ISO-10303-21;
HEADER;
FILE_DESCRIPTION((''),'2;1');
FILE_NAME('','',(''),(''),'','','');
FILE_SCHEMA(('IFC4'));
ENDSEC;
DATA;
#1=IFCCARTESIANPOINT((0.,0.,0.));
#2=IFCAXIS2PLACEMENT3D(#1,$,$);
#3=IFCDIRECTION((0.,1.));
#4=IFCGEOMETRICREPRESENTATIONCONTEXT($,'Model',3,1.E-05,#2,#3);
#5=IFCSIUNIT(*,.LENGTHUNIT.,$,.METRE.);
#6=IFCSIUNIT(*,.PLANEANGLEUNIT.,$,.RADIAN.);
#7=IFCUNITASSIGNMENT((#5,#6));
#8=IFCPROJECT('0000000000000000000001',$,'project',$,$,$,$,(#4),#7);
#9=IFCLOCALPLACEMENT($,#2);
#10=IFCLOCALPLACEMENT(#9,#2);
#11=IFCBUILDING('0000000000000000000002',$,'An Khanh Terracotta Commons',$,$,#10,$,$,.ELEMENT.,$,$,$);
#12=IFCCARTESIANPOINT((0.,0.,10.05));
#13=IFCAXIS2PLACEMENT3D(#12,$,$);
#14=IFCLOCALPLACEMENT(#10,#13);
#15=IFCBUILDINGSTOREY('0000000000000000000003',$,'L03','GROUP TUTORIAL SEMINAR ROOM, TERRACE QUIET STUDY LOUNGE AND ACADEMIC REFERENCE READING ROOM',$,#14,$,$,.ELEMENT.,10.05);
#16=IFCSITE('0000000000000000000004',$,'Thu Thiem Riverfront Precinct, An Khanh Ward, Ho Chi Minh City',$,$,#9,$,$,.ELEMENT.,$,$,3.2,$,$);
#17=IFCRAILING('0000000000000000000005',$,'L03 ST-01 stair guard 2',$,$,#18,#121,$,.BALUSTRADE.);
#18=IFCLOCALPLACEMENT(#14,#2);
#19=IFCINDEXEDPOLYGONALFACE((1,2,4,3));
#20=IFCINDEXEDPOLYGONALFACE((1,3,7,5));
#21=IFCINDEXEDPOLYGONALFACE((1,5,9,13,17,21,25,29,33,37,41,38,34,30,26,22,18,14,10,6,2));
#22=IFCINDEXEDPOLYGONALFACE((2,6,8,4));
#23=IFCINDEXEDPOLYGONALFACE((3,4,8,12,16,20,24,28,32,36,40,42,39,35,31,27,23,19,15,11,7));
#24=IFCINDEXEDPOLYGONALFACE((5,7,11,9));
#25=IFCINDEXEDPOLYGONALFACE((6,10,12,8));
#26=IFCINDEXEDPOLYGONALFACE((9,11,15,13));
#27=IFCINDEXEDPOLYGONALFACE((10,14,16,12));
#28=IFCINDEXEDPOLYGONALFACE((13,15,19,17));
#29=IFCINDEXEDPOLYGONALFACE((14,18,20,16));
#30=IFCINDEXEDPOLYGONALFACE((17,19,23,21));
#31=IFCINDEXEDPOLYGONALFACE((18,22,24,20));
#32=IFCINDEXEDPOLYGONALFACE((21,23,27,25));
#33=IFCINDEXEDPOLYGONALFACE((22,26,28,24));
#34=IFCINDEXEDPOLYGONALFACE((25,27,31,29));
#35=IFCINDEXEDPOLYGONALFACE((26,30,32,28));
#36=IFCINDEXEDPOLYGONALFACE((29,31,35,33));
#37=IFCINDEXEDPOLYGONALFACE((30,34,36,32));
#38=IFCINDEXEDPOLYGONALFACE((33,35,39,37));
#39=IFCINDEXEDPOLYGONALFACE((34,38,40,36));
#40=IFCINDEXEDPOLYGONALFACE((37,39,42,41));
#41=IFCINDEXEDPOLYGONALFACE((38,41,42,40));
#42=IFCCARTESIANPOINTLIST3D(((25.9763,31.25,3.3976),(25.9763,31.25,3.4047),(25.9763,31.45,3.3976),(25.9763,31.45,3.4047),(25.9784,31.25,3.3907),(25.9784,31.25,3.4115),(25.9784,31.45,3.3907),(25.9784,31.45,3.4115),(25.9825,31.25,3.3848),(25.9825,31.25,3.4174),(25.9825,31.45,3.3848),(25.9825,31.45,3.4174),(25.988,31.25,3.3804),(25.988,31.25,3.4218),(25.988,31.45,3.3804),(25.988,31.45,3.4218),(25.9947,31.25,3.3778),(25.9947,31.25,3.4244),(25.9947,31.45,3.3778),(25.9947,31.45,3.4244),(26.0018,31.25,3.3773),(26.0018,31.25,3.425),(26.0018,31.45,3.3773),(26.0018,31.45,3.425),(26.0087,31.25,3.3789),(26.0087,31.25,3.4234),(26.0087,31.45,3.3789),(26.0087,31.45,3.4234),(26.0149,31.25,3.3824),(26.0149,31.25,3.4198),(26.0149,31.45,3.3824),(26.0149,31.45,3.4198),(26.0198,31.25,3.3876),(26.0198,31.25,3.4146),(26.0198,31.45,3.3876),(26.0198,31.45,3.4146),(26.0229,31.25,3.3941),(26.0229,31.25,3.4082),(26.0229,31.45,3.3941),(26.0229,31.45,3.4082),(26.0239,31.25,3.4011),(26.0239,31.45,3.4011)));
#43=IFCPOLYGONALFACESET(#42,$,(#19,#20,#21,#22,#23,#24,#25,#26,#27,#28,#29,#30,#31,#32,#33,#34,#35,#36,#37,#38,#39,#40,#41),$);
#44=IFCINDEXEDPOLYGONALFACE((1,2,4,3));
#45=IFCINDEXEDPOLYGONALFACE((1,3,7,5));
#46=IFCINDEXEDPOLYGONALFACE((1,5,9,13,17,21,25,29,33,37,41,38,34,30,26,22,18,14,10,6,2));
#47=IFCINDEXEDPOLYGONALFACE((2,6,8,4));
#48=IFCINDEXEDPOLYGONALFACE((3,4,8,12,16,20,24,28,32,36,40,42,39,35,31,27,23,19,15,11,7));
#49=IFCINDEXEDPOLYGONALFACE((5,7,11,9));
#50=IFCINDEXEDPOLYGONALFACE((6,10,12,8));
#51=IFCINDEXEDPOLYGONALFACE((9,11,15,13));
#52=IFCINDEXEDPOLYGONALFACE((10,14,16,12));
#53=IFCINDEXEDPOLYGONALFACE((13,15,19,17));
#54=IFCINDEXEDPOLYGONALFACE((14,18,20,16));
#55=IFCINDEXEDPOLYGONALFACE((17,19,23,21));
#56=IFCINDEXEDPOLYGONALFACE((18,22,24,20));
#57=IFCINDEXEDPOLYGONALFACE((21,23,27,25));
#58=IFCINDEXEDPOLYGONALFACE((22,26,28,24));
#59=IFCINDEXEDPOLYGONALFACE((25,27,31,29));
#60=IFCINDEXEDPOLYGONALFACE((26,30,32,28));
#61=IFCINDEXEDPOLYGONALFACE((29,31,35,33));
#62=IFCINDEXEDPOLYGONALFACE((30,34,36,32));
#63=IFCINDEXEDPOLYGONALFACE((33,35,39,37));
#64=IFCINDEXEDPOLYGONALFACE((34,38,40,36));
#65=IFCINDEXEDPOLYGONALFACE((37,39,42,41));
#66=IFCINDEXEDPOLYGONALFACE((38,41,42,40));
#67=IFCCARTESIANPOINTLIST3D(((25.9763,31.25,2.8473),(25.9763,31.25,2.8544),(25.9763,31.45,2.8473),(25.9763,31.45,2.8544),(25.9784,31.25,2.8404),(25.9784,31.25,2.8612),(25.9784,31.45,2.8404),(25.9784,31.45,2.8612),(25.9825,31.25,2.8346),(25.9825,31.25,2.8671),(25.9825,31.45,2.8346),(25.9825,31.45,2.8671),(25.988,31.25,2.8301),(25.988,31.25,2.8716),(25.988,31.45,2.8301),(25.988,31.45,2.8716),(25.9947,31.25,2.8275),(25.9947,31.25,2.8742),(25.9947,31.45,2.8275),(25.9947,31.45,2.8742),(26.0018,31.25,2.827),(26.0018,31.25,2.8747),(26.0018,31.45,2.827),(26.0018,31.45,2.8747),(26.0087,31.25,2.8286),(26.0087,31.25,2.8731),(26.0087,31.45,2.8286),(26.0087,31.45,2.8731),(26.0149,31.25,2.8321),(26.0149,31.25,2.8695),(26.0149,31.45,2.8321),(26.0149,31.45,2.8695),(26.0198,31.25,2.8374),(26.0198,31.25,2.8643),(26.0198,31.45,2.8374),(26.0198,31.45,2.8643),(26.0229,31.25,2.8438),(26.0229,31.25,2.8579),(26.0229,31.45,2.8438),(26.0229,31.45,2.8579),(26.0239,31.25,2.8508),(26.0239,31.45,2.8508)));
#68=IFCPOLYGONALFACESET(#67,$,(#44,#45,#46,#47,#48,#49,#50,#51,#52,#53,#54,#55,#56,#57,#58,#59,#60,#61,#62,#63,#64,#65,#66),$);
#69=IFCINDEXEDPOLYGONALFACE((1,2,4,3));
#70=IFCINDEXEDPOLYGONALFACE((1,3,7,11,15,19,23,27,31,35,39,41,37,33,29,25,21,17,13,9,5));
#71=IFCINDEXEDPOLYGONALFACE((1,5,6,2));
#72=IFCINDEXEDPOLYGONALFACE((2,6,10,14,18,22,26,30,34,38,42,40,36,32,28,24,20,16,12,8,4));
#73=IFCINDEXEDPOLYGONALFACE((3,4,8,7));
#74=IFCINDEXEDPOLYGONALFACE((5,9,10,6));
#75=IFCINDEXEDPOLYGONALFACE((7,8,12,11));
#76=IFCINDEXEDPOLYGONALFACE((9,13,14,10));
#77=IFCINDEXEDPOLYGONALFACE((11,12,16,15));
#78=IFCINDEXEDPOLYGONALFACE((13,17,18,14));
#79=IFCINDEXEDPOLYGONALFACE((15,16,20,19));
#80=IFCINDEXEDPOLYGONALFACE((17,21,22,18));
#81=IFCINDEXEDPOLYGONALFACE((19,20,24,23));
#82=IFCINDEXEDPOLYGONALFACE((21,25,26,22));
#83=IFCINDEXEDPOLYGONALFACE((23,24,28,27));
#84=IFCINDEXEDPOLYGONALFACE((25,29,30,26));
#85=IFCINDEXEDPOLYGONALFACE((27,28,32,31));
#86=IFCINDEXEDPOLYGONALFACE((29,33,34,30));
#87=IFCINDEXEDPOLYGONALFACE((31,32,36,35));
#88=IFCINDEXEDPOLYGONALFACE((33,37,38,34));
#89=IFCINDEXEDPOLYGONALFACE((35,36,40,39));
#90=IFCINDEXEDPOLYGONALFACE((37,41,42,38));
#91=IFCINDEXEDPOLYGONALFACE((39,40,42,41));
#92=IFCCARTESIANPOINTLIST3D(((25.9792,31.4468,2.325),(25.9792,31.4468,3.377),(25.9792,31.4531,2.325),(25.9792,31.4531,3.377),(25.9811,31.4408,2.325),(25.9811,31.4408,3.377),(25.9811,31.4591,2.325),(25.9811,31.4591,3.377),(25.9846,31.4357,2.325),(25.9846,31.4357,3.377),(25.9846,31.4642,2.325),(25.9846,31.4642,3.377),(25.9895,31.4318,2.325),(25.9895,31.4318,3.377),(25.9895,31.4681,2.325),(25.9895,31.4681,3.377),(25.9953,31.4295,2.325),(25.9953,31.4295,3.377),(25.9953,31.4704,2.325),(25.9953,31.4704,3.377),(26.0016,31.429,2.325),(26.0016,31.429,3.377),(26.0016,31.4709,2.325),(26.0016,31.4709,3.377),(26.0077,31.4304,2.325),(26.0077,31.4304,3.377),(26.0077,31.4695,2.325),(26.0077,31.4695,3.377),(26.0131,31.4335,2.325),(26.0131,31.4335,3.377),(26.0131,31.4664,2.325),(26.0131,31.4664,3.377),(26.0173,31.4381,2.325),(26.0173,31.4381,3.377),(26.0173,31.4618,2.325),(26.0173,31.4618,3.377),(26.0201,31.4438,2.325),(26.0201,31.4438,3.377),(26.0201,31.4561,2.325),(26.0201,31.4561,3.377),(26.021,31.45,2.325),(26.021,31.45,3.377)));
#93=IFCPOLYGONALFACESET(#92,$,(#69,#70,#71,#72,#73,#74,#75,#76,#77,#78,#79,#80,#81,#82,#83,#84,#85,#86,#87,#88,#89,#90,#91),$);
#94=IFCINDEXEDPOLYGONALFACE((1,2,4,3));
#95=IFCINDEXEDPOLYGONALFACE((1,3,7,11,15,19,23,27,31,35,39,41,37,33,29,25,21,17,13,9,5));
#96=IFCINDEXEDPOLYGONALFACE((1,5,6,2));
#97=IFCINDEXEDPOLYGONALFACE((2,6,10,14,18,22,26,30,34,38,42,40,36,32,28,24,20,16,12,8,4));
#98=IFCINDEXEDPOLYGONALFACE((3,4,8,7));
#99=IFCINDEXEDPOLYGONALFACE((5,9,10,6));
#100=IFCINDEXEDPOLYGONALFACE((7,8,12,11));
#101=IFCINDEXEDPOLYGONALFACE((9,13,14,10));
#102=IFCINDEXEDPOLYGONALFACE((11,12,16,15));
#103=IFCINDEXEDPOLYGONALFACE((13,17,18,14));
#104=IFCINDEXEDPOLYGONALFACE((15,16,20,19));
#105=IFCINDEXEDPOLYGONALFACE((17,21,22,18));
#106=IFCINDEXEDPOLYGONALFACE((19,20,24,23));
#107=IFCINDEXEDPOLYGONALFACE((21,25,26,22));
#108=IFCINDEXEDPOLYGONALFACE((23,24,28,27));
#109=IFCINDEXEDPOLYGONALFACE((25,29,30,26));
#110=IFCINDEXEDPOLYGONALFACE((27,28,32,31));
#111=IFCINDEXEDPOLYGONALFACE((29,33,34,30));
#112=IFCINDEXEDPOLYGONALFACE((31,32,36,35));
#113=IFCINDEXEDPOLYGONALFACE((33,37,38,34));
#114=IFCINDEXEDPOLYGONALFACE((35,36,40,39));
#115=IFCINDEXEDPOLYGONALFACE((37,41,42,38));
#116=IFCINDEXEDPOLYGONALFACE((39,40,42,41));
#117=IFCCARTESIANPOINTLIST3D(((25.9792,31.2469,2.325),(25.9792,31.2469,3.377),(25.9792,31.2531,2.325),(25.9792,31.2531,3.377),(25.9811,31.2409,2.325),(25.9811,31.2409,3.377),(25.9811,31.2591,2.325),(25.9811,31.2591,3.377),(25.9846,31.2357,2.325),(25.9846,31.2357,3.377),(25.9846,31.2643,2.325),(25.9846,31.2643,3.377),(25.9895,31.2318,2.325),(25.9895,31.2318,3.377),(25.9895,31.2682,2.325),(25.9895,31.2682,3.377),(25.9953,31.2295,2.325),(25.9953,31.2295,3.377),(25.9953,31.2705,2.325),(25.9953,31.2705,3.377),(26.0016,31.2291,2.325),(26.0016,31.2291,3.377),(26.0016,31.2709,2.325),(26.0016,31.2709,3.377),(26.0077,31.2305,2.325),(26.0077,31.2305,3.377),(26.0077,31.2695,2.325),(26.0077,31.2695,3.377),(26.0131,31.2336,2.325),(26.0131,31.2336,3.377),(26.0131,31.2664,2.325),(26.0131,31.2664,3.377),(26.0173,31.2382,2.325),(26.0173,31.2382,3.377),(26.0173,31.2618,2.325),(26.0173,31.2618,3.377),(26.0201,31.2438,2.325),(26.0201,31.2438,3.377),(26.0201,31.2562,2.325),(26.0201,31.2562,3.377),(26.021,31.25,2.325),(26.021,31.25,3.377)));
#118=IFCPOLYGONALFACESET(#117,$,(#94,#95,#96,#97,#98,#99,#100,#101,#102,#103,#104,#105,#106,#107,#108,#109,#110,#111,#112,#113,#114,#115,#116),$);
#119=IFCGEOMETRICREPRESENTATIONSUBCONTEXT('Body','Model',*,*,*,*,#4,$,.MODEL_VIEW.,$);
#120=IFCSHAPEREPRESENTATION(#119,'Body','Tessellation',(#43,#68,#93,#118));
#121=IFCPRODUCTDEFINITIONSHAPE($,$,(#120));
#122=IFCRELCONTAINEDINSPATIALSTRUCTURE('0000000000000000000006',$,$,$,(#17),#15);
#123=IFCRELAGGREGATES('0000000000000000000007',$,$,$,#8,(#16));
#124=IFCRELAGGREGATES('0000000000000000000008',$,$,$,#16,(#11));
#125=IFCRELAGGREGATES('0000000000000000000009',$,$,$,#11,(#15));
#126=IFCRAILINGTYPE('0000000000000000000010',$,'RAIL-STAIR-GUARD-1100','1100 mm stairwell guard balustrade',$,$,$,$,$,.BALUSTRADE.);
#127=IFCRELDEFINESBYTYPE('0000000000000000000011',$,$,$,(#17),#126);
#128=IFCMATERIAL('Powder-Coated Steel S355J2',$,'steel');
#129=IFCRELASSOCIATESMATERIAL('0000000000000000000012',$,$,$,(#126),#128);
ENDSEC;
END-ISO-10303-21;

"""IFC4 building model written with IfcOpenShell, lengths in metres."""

from ifc_helpers import new_model, si_unit, direction, frame, origin, origin_2d, place, context, subcontext, project, spatial, circle, extrude, material, type_object, element, save


model = new_model("IFC4")

# Units and contexts
model_context = context("Model", 3, precision=1e-05, world=origin(), true_north=direction((0.0, 1.0)))
body_context = subcontext(model_context, "Body", "Model", "MODEL_VIEW")
ifc_project = project(units=[si_unit("LENGTHUNIT", "METRE"), si_unit("PLANEANGLEUNIT", "RADIAN")], contexts=[model_context])

# Site, building, storey
site_placement = place(None, origin())
site = spatial("IfcSite", under=ifc_project, at=site_placement, Name="Thu Thiem Riverfront Precinct, An Khanh Ward, Ho Chi Minh City", CompositionType="ELEMENT", RefElevation=3.2)
building_placement = place(site_placement, origin())
building = spatial("IfcBuilding", under=site, at=building_placement, Name="An Khanh Terracotta Commons", CompositionType="ELEMENT")
storey_placement = place(building_placement, frame((0.0, 0.0, 10.05)))
storey = spatial("IfcBuildingStorey", under=building, at=storey_placement, Name="L03", Description="GROUP TUTORIAL SEMINAR ROOM, TERRACE QUIET STUDY LOUNGE AND ACADEMIC REFERENCE READING ROOM", CompositionType="ELEMENT", Elevation=10.05)

# Railing
ifc_material_1 = material(Name="Powder-Coated Steel S355J2", Category="steel")
railing_type_1 = type_object("IfcRailingType", Name="RAIL-STAIR-GUARD-1100", Description="1100 mm stairwell guard balustrade", PredefinedType="BALUSTRADE", material=ifc_material_1)
railing_1_placement = place(storey_placement, frame((26.0, 31.45, 2.325)))
element("IfcRailing", 1, at=railing_1_placement, inside=storey, type_object=railing_type_1, Name="L03 ST-01 stair guard 2", PredefinedType="BALUSTRADE", context=body_context, shape_type="SweptSolid", body=[
    extrude(circle(Radius=0.0239, at=origin_2d()), frame((0.0, 0.0, 1.0762), z_axis=(0.0, -1.0, 0.0), x_axis=(1.0, 0.0, 0.0)), (0.0, 0.0, 1.0), 0.2),
    extrude(circle(Radius=0.0239, at=origin_2d()), frame((0.0, 0.0, 0.5259), z_axis=(0.0, -1.0, 0.0), x_axis=(1.0, 0.0, 0.0)), (0.0, 0.0, 1.0), 0.2),
    extrude(circle(Radius=0.021, at=origin_2d()), origin(), (0.0, 0.0, 1.0), 1.052),
    extrude(circle(Radius=0.021, at=origin_2d()), frame((0.0, -0.2, 0.0)), (0.0, 0.0, 1.0), 1.052),
])

save(model, "model.ifc")
